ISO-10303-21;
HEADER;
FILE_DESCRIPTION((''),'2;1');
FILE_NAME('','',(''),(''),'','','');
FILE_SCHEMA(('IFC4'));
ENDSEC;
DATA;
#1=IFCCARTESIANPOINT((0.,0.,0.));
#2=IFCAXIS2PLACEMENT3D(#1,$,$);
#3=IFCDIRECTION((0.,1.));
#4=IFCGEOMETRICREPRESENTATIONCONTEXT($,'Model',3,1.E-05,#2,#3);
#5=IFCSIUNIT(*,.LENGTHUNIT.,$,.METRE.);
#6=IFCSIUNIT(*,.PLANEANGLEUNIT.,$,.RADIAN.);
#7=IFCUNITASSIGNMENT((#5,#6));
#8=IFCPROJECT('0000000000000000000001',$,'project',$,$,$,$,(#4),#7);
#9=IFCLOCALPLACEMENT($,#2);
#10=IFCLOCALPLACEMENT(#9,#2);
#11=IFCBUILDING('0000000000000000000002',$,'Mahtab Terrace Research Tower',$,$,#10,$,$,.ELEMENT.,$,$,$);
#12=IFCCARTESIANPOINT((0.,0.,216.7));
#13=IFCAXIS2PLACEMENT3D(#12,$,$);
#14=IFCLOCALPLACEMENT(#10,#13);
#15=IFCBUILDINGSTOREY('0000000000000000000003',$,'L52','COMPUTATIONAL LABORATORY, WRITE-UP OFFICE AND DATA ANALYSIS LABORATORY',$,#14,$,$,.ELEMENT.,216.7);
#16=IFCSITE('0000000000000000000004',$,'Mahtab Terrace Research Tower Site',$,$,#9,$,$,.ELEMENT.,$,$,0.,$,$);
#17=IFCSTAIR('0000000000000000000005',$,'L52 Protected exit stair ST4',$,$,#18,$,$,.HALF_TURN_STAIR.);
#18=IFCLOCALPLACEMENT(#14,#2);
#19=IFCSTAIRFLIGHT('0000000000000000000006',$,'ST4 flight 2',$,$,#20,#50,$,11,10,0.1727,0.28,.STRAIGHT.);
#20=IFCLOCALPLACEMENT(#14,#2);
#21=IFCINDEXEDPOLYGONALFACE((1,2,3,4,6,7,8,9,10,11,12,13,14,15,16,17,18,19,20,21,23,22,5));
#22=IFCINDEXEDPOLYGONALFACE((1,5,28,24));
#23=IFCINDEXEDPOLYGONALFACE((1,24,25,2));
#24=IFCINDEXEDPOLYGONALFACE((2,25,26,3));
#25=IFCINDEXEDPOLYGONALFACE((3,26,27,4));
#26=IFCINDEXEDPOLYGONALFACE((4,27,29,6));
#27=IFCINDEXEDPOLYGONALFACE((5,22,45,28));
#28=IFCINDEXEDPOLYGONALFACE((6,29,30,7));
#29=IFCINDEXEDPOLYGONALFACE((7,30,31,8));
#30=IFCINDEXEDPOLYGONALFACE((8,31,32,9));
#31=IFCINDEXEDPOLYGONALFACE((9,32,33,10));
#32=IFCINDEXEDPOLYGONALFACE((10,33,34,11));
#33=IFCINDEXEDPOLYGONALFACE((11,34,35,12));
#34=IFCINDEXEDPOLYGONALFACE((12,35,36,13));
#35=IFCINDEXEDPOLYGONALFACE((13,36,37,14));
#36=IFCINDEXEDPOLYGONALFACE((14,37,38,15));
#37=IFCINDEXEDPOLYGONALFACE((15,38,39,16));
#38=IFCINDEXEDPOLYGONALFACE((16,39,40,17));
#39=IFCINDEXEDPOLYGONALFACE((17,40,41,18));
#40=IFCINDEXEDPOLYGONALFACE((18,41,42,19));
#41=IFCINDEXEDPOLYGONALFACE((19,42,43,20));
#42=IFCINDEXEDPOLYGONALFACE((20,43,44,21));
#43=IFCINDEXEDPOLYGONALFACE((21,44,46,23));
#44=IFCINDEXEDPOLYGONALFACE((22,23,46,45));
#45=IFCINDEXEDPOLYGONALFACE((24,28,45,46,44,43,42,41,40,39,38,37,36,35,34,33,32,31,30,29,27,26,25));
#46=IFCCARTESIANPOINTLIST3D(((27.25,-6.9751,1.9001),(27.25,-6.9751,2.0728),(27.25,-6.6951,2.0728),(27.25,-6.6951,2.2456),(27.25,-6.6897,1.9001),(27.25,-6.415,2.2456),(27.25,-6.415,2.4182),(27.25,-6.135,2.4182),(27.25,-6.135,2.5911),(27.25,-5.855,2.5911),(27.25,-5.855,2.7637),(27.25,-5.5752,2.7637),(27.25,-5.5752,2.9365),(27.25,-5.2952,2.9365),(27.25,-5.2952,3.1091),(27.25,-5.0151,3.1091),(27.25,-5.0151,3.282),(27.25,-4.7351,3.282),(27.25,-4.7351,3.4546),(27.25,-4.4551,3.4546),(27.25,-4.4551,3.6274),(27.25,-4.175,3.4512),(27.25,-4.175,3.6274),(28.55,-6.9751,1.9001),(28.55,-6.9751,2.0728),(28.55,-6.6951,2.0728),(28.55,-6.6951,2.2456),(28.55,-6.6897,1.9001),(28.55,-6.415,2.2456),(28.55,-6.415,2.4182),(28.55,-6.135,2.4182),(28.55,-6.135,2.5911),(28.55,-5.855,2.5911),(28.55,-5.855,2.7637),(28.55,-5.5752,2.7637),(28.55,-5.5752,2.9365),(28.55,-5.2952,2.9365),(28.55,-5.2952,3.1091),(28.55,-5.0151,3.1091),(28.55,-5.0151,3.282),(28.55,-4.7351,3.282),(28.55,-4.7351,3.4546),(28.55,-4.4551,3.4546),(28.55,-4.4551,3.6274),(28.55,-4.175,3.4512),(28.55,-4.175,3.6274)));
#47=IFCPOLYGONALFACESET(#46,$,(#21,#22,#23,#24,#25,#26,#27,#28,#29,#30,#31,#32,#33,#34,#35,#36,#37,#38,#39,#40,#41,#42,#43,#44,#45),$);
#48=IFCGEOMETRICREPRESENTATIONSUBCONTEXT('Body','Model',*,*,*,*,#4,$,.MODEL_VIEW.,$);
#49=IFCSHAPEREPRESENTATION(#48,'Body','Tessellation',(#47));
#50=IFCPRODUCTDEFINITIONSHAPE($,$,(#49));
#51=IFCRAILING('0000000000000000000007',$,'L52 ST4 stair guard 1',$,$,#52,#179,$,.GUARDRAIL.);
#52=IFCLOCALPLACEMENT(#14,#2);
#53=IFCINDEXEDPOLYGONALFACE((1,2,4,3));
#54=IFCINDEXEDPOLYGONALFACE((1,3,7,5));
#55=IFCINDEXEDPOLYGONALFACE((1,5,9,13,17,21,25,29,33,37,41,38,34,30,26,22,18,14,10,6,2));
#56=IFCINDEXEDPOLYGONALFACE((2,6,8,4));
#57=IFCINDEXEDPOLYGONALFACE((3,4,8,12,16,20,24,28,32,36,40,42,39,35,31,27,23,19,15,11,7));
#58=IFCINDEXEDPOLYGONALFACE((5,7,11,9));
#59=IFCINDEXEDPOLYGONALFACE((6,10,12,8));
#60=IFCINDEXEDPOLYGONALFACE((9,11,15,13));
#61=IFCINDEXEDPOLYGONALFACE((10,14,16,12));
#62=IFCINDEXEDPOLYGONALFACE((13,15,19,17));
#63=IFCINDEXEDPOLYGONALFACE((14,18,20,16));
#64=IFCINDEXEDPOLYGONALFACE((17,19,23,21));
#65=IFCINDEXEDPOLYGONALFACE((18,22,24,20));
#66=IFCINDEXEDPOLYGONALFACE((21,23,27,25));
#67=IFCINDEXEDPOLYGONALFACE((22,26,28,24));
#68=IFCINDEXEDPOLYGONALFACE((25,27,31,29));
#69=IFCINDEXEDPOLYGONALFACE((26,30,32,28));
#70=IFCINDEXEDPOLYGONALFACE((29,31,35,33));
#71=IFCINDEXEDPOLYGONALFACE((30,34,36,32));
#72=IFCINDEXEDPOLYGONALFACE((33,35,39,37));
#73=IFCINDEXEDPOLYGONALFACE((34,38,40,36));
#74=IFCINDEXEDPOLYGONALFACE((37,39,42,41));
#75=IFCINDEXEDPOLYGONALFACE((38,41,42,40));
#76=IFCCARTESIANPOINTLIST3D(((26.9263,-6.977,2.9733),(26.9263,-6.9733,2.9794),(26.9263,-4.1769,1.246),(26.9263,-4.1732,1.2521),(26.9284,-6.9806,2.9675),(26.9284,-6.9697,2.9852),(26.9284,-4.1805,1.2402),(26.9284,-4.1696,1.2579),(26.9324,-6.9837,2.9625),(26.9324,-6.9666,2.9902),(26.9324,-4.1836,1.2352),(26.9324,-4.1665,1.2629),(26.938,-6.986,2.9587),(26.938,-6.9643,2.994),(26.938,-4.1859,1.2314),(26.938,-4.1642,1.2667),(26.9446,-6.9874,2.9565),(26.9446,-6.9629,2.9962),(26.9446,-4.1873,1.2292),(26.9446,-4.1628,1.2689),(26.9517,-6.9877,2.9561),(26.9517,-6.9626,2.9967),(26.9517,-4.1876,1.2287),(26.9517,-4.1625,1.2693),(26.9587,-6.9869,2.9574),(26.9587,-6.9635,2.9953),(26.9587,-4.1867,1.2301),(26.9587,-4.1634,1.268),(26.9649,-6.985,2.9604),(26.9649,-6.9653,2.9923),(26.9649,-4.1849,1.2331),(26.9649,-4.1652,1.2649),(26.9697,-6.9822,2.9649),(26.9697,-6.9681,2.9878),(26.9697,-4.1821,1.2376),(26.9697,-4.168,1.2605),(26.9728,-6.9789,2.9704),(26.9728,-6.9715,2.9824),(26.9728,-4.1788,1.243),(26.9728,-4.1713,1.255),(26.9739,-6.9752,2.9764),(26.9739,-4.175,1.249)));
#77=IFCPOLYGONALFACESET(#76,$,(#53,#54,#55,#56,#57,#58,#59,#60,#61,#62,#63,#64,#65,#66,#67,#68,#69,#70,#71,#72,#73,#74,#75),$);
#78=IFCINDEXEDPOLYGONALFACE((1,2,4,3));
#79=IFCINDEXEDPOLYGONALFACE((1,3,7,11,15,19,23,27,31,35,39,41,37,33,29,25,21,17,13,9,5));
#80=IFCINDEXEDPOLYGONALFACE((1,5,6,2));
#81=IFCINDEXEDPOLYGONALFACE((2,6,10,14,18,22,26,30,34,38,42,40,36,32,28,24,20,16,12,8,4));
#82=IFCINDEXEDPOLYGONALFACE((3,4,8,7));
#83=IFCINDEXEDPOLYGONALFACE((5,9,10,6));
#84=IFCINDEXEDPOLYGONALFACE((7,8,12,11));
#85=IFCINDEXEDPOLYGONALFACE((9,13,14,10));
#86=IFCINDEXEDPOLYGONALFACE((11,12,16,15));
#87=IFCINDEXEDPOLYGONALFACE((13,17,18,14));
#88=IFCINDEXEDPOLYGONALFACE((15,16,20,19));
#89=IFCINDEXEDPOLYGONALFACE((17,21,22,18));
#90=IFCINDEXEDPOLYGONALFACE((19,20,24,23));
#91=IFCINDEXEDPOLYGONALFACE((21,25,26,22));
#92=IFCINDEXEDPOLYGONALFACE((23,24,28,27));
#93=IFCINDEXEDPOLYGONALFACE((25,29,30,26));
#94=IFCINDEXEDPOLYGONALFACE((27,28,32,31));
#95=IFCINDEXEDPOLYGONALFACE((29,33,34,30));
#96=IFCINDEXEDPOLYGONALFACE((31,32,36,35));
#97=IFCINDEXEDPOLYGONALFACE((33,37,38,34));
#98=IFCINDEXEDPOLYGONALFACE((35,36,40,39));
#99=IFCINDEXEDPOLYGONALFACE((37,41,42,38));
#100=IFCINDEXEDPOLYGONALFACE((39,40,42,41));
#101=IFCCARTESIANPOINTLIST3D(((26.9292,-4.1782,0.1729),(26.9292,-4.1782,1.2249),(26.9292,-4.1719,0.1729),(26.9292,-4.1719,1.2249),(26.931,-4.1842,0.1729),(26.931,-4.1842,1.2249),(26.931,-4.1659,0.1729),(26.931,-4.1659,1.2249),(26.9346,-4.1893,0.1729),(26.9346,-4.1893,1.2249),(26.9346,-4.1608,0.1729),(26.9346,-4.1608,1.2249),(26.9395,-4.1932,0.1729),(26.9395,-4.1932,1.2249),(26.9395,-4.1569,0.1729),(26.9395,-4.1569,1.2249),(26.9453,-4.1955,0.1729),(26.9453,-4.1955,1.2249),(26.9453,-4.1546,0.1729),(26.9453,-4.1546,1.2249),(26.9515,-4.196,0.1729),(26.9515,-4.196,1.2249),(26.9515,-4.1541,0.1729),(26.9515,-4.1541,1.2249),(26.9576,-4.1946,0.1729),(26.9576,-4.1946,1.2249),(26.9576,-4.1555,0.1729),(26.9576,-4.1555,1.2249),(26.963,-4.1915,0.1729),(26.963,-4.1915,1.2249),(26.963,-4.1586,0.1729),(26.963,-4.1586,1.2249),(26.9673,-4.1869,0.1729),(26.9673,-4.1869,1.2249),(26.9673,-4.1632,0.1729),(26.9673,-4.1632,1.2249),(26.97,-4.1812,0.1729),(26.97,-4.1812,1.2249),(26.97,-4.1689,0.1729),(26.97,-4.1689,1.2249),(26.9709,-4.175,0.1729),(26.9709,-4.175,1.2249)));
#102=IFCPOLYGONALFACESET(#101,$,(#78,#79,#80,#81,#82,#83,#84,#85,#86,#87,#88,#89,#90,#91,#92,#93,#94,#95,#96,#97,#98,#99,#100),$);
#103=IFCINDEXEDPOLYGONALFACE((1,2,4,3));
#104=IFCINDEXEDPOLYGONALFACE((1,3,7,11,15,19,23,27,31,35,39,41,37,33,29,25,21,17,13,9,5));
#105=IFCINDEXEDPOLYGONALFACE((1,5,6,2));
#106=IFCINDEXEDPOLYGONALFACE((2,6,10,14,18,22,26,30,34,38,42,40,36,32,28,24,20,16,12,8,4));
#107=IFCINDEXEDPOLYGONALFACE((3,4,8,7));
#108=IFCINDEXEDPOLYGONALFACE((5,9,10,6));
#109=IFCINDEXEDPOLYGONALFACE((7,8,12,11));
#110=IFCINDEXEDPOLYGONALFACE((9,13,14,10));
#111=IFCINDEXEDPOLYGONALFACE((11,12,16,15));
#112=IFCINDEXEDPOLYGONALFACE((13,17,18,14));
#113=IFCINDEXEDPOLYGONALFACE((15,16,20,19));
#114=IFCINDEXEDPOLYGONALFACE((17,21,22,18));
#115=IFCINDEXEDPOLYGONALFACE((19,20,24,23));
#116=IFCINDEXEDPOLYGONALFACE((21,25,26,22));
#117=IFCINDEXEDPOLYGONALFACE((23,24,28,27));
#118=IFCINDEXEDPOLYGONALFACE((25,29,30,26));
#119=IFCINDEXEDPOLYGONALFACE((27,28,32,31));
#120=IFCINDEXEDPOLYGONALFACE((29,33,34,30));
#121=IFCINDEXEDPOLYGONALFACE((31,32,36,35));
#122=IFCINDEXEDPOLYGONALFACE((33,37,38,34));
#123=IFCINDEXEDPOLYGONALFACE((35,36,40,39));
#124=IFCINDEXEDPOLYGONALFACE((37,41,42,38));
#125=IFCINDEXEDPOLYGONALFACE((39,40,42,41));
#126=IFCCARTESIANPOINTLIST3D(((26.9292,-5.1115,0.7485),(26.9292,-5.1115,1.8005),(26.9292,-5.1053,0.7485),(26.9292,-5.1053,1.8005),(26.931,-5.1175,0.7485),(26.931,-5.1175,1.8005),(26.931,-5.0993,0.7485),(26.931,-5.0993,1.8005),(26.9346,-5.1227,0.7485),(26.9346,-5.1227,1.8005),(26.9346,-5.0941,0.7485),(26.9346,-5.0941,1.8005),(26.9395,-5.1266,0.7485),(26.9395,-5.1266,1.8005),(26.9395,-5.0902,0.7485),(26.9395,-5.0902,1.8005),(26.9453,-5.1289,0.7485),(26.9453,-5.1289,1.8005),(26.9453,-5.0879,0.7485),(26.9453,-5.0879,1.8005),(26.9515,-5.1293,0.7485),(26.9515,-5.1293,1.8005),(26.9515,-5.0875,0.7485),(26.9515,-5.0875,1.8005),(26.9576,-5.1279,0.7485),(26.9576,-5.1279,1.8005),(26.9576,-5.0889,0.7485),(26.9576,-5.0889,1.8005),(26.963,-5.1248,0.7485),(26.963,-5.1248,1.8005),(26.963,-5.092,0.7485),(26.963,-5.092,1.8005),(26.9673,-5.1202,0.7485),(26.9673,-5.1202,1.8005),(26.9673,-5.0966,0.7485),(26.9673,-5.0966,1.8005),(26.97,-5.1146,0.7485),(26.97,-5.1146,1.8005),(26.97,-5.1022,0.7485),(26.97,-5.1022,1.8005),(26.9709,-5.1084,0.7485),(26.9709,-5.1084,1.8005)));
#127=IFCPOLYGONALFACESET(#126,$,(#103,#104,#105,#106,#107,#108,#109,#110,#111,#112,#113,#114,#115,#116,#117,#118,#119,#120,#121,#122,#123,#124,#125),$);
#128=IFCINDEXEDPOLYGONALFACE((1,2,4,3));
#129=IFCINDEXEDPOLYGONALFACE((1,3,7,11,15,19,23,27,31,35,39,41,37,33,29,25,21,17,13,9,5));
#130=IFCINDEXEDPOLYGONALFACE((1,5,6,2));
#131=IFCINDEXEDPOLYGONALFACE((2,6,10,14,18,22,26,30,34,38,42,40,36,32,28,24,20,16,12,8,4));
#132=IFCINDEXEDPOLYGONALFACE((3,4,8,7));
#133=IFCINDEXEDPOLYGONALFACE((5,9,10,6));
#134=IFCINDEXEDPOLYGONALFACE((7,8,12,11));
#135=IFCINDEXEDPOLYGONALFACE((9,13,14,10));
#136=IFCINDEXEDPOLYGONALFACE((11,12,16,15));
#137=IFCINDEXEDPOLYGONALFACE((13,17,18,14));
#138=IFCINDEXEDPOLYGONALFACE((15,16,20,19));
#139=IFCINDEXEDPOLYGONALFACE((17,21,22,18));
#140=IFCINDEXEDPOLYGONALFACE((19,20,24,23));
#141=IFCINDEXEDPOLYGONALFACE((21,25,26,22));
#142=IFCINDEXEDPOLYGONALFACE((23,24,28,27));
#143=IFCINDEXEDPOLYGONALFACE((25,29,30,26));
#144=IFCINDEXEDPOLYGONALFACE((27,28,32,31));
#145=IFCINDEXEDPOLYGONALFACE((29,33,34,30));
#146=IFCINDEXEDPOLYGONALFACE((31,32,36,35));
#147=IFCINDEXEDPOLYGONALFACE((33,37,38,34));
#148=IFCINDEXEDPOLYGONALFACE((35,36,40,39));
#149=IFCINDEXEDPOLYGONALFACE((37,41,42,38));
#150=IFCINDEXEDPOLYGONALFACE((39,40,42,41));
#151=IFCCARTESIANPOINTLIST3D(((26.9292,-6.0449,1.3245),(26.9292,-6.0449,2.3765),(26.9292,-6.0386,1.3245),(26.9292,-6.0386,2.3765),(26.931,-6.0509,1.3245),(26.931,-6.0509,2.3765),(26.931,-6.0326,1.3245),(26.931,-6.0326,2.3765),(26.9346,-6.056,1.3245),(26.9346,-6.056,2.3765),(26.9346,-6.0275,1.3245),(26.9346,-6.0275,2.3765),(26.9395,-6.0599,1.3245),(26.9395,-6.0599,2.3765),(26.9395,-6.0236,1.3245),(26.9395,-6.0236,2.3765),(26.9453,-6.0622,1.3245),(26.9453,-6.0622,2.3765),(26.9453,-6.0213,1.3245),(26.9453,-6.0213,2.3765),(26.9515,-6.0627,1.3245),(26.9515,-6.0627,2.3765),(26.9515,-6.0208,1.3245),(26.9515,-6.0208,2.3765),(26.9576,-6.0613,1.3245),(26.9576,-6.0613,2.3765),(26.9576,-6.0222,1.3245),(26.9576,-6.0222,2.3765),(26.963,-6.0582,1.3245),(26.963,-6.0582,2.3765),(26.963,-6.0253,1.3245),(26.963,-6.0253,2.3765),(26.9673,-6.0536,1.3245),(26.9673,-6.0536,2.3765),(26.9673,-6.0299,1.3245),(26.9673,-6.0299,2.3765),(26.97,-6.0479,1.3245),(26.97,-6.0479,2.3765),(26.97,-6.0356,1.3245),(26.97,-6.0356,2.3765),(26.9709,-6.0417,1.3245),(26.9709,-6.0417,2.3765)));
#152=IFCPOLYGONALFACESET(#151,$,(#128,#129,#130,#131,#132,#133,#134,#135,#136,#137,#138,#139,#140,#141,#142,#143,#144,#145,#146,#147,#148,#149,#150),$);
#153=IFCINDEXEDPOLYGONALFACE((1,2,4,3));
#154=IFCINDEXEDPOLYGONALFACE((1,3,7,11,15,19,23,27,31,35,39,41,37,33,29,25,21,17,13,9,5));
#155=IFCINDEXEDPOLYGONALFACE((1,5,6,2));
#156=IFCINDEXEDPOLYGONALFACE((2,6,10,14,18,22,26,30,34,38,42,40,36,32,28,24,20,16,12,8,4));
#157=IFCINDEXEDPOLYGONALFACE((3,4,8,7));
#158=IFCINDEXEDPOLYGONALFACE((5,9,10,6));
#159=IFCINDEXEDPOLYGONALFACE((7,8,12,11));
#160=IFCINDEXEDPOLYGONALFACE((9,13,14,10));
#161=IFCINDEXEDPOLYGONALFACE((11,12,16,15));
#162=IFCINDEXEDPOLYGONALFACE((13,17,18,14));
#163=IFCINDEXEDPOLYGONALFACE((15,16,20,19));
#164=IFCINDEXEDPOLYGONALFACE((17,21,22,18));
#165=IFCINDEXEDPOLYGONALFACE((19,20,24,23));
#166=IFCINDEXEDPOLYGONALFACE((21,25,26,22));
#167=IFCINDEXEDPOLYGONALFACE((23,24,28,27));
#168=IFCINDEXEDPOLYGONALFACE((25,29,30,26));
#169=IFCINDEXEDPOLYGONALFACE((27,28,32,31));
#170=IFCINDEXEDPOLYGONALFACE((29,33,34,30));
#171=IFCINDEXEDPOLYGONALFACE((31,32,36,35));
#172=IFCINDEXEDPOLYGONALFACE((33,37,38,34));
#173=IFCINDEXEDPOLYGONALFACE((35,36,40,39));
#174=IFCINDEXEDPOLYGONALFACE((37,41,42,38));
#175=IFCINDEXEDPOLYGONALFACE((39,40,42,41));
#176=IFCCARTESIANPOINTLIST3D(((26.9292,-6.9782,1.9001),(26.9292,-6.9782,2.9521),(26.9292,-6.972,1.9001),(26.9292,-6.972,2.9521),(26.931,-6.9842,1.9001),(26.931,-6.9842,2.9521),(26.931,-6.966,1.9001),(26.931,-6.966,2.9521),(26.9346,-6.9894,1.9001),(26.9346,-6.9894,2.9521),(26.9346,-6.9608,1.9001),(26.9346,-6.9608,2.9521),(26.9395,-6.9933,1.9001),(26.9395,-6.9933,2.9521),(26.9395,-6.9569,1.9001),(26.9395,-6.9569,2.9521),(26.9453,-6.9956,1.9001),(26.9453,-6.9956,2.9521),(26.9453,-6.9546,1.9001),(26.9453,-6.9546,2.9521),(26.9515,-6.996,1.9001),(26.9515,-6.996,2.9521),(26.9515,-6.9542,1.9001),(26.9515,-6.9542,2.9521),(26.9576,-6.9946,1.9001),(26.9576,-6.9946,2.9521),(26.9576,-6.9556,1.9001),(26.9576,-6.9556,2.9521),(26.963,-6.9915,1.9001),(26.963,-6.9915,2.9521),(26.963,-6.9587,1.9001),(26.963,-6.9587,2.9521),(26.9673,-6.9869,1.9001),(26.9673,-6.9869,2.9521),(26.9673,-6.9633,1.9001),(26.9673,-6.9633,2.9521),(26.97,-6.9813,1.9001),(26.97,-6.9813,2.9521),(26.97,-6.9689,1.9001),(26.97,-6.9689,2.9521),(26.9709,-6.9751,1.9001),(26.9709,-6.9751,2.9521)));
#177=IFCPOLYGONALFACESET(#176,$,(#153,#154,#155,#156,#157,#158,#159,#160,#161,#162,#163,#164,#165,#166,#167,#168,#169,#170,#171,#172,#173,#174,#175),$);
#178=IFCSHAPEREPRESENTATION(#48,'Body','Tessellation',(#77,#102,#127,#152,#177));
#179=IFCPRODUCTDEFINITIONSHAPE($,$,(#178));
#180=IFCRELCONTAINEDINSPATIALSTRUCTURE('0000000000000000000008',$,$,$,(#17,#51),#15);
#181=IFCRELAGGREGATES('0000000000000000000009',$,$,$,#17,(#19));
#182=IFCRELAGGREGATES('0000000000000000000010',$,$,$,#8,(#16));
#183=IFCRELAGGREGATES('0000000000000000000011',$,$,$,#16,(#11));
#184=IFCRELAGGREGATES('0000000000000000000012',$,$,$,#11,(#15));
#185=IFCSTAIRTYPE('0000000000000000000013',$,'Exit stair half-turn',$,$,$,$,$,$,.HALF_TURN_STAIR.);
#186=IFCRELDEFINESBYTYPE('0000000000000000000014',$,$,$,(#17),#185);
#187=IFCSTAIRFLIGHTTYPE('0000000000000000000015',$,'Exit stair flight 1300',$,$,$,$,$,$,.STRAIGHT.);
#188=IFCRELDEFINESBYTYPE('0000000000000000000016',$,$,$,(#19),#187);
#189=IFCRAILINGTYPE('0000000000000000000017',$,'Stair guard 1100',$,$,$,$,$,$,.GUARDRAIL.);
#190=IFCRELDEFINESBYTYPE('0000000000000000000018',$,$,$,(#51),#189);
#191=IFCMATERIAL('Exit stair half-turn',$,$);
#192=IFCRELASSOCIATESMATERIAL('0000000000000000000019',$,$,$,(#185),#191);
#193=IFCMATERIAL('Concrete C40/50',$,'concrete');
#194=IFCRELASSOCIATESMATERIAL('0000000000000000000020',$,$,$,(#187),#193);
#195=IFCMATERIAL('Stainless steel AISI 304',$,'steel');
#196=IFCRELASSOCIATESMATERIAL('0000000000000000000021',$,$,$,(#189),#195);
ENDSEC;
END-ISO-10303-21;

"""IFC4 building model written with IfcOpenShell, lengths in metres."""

from ifc_helpers import new_model, si_unit, direction, frame, origin, origin_2d, place, context, subcontext, project, spatial, polyline, circle, outline, extrude, material, type_object, element, aggregate, save


model = new_model("IFC4")

# Units and contexts
model_context = context("Model", 3, precision=1e-05, world=origin(), true_north=direction((0.0, 1.0)))
body_context = subcontext(model_context, "Body", "Model", "MODEL_VIEW")
ifc_project = project(units=[si_unit("LENGTHUNIT", "METRE"), si_unit("PLANEANGLEUNIT", "RADIAN")], contexts=[model_context])

# Site, building, storey
site_placement = place(None, origin())
site = spatial("IfcSite", under=ifc_project, at=site_placement, Name="Mahtab Terrace Research Tower Site", CompositionType="ELEMENT", RefElevation=0.0)
building_placement = place(site_placement, origin())
building = spatial("IfcBuilding", under=site, at=building_placement, Name="Mahtab Terrace Research Tower", CompositionType="ELEMENT")
storey_placement = place(building_placement, frame((0.0, 0.0, 216.7)))
storey = spatial("IfcBuildingStorey", under=building, at=storey_placement, Name="L52", Description="COMPUTATIONAL LABORATORY, WRITE-UP OFFICE AND DATA ANALYSIS LABORATORY", CompositionType="ELEMENT", Elevation=216.7)

# Stair, stair flight
ifc_material_1 = material(Name="Exit stair half-turn")
stair_type = type_object("IfcStairType", Name="Exit stair half-turn", PredefinedType="HALF_TURN_STAIR", material=ifc_material_1)
stair_placement = place(storey_placement, origin())
stair = element("IfcStair", 1, at=stair_placement, inside=storey, type_object=stair_type, Name="L52 Protected exit stair ST4", PredefinedType="HALF_TURN_STAIR")
ifc_material_2 = material(Name="Concrete C40/50", Category="concrete")
stair_flight_type = type_object("IfcStairFlightType", Name="Exit stair flight 1300", PredefinedType="STRAIGHT", material=ifc_material_2)
stair_flight_1_placement = place(storey_placement, frame((27.8999, -6.9751, 1.9001), z_axis=(0.0, 0.0, 1.0), x_axis=(0.0, 1.0, 0.0)))
stair_flight_1 = element("IfcStairFlight", 2, at=stair_flight_1_placement, type_object=stair_flight_type, Name="ST4 flight 2", NumberOfRisers=11, NumberOfTreads=10, PredefinedType="STRAIGHT", RiserHeight=0.1727, TreadLength=0.28, context=body_context, shape_type="SweptSolid", body=[
    extrude(outline(polyline([(0.0, 0.0), (0.0, 0.1726), (0.28, 0.1726), (0.28, 0.3455), (0.5601, 0.3455), (0.5601, 0.5181), (0.8401, 0.5181), (0.8401, 0.6909), (1.1201, 0.6909), (1.1201, 0.8635), (1.3999, 0.8635), (1.3999, 1.0364), (1.6799, 1.0364), (1.6799, 1.209), (1.96, 1.209), (1.96, 1.3818), (2.24, 1.3818), (2.24, 1.5544), (2.52, 1.5544), (2.52, 1.7273), (2.8, 1.7273), (2.8, 1.8999), (2.8, 1.551), (0.2854, 0.0), (0.0, 0.0)])), frame((0.0, 0.6499, 0.0), z_axis=(0.0, -1.0, 0.0), x_axis=(1.0, 0.0, 0.0)), (0.0, 0.0, 1.0), 1.3),
])
aggregate(stair, [stair_flight_1])

# Railing
ifc_material_3 = material(Name="Stainless steel AISI 304", Category="steel")
railing_type_1 = type_object("IfcRailingType", Name="Stair guard 1100", PredefinedType="GUARDRAIL", material=ifc_material_3)
railing_1_placement = place(storey_placement, frame((26.95, -4.175, 0.1729)))
element("IfcRailing", 3, at=railing_1_placement, inside=storey, type_object=railing_type_1, Name="L52 ST4 stair guard 1", PredefinedType="GUARDRAIL", context=body_context, shape_type="SweptSolid", body=[
    extrude(circle(Radius=0.0239, at=origin_2d()), frame((0.0, 0.0, 1.0762), z_axis=(0.0, -0.85109, 0.52502), x_axis=(1.0, 0.0, 0.0)), (0.0, 0.0, 1.0), 3.29),
    extrude(circle(Radius=0.021, at=origin_2d()), origin(), (0.0, 0.0, 1.0), 1.052),
    extrude(circle(Radius=0.021, at=origin_2d()), frame((0.0, -0.9333, 0.5757)), (0.0, 0.0, 1.0), 1.052),
    extrude(circle(Radius=0.021, at=origin_2d()), frame((0.0, -1.8667, 1.1516)), (0.0, 0.0, 1.0), 1.052),
    extrude(circle(Radius=0.021, at=origin_2d()), frame((0.0, -2.8, 1.7273)), (0.0, 0.0, 1.0), 1.052),
])

save(model, "model.ifc")
